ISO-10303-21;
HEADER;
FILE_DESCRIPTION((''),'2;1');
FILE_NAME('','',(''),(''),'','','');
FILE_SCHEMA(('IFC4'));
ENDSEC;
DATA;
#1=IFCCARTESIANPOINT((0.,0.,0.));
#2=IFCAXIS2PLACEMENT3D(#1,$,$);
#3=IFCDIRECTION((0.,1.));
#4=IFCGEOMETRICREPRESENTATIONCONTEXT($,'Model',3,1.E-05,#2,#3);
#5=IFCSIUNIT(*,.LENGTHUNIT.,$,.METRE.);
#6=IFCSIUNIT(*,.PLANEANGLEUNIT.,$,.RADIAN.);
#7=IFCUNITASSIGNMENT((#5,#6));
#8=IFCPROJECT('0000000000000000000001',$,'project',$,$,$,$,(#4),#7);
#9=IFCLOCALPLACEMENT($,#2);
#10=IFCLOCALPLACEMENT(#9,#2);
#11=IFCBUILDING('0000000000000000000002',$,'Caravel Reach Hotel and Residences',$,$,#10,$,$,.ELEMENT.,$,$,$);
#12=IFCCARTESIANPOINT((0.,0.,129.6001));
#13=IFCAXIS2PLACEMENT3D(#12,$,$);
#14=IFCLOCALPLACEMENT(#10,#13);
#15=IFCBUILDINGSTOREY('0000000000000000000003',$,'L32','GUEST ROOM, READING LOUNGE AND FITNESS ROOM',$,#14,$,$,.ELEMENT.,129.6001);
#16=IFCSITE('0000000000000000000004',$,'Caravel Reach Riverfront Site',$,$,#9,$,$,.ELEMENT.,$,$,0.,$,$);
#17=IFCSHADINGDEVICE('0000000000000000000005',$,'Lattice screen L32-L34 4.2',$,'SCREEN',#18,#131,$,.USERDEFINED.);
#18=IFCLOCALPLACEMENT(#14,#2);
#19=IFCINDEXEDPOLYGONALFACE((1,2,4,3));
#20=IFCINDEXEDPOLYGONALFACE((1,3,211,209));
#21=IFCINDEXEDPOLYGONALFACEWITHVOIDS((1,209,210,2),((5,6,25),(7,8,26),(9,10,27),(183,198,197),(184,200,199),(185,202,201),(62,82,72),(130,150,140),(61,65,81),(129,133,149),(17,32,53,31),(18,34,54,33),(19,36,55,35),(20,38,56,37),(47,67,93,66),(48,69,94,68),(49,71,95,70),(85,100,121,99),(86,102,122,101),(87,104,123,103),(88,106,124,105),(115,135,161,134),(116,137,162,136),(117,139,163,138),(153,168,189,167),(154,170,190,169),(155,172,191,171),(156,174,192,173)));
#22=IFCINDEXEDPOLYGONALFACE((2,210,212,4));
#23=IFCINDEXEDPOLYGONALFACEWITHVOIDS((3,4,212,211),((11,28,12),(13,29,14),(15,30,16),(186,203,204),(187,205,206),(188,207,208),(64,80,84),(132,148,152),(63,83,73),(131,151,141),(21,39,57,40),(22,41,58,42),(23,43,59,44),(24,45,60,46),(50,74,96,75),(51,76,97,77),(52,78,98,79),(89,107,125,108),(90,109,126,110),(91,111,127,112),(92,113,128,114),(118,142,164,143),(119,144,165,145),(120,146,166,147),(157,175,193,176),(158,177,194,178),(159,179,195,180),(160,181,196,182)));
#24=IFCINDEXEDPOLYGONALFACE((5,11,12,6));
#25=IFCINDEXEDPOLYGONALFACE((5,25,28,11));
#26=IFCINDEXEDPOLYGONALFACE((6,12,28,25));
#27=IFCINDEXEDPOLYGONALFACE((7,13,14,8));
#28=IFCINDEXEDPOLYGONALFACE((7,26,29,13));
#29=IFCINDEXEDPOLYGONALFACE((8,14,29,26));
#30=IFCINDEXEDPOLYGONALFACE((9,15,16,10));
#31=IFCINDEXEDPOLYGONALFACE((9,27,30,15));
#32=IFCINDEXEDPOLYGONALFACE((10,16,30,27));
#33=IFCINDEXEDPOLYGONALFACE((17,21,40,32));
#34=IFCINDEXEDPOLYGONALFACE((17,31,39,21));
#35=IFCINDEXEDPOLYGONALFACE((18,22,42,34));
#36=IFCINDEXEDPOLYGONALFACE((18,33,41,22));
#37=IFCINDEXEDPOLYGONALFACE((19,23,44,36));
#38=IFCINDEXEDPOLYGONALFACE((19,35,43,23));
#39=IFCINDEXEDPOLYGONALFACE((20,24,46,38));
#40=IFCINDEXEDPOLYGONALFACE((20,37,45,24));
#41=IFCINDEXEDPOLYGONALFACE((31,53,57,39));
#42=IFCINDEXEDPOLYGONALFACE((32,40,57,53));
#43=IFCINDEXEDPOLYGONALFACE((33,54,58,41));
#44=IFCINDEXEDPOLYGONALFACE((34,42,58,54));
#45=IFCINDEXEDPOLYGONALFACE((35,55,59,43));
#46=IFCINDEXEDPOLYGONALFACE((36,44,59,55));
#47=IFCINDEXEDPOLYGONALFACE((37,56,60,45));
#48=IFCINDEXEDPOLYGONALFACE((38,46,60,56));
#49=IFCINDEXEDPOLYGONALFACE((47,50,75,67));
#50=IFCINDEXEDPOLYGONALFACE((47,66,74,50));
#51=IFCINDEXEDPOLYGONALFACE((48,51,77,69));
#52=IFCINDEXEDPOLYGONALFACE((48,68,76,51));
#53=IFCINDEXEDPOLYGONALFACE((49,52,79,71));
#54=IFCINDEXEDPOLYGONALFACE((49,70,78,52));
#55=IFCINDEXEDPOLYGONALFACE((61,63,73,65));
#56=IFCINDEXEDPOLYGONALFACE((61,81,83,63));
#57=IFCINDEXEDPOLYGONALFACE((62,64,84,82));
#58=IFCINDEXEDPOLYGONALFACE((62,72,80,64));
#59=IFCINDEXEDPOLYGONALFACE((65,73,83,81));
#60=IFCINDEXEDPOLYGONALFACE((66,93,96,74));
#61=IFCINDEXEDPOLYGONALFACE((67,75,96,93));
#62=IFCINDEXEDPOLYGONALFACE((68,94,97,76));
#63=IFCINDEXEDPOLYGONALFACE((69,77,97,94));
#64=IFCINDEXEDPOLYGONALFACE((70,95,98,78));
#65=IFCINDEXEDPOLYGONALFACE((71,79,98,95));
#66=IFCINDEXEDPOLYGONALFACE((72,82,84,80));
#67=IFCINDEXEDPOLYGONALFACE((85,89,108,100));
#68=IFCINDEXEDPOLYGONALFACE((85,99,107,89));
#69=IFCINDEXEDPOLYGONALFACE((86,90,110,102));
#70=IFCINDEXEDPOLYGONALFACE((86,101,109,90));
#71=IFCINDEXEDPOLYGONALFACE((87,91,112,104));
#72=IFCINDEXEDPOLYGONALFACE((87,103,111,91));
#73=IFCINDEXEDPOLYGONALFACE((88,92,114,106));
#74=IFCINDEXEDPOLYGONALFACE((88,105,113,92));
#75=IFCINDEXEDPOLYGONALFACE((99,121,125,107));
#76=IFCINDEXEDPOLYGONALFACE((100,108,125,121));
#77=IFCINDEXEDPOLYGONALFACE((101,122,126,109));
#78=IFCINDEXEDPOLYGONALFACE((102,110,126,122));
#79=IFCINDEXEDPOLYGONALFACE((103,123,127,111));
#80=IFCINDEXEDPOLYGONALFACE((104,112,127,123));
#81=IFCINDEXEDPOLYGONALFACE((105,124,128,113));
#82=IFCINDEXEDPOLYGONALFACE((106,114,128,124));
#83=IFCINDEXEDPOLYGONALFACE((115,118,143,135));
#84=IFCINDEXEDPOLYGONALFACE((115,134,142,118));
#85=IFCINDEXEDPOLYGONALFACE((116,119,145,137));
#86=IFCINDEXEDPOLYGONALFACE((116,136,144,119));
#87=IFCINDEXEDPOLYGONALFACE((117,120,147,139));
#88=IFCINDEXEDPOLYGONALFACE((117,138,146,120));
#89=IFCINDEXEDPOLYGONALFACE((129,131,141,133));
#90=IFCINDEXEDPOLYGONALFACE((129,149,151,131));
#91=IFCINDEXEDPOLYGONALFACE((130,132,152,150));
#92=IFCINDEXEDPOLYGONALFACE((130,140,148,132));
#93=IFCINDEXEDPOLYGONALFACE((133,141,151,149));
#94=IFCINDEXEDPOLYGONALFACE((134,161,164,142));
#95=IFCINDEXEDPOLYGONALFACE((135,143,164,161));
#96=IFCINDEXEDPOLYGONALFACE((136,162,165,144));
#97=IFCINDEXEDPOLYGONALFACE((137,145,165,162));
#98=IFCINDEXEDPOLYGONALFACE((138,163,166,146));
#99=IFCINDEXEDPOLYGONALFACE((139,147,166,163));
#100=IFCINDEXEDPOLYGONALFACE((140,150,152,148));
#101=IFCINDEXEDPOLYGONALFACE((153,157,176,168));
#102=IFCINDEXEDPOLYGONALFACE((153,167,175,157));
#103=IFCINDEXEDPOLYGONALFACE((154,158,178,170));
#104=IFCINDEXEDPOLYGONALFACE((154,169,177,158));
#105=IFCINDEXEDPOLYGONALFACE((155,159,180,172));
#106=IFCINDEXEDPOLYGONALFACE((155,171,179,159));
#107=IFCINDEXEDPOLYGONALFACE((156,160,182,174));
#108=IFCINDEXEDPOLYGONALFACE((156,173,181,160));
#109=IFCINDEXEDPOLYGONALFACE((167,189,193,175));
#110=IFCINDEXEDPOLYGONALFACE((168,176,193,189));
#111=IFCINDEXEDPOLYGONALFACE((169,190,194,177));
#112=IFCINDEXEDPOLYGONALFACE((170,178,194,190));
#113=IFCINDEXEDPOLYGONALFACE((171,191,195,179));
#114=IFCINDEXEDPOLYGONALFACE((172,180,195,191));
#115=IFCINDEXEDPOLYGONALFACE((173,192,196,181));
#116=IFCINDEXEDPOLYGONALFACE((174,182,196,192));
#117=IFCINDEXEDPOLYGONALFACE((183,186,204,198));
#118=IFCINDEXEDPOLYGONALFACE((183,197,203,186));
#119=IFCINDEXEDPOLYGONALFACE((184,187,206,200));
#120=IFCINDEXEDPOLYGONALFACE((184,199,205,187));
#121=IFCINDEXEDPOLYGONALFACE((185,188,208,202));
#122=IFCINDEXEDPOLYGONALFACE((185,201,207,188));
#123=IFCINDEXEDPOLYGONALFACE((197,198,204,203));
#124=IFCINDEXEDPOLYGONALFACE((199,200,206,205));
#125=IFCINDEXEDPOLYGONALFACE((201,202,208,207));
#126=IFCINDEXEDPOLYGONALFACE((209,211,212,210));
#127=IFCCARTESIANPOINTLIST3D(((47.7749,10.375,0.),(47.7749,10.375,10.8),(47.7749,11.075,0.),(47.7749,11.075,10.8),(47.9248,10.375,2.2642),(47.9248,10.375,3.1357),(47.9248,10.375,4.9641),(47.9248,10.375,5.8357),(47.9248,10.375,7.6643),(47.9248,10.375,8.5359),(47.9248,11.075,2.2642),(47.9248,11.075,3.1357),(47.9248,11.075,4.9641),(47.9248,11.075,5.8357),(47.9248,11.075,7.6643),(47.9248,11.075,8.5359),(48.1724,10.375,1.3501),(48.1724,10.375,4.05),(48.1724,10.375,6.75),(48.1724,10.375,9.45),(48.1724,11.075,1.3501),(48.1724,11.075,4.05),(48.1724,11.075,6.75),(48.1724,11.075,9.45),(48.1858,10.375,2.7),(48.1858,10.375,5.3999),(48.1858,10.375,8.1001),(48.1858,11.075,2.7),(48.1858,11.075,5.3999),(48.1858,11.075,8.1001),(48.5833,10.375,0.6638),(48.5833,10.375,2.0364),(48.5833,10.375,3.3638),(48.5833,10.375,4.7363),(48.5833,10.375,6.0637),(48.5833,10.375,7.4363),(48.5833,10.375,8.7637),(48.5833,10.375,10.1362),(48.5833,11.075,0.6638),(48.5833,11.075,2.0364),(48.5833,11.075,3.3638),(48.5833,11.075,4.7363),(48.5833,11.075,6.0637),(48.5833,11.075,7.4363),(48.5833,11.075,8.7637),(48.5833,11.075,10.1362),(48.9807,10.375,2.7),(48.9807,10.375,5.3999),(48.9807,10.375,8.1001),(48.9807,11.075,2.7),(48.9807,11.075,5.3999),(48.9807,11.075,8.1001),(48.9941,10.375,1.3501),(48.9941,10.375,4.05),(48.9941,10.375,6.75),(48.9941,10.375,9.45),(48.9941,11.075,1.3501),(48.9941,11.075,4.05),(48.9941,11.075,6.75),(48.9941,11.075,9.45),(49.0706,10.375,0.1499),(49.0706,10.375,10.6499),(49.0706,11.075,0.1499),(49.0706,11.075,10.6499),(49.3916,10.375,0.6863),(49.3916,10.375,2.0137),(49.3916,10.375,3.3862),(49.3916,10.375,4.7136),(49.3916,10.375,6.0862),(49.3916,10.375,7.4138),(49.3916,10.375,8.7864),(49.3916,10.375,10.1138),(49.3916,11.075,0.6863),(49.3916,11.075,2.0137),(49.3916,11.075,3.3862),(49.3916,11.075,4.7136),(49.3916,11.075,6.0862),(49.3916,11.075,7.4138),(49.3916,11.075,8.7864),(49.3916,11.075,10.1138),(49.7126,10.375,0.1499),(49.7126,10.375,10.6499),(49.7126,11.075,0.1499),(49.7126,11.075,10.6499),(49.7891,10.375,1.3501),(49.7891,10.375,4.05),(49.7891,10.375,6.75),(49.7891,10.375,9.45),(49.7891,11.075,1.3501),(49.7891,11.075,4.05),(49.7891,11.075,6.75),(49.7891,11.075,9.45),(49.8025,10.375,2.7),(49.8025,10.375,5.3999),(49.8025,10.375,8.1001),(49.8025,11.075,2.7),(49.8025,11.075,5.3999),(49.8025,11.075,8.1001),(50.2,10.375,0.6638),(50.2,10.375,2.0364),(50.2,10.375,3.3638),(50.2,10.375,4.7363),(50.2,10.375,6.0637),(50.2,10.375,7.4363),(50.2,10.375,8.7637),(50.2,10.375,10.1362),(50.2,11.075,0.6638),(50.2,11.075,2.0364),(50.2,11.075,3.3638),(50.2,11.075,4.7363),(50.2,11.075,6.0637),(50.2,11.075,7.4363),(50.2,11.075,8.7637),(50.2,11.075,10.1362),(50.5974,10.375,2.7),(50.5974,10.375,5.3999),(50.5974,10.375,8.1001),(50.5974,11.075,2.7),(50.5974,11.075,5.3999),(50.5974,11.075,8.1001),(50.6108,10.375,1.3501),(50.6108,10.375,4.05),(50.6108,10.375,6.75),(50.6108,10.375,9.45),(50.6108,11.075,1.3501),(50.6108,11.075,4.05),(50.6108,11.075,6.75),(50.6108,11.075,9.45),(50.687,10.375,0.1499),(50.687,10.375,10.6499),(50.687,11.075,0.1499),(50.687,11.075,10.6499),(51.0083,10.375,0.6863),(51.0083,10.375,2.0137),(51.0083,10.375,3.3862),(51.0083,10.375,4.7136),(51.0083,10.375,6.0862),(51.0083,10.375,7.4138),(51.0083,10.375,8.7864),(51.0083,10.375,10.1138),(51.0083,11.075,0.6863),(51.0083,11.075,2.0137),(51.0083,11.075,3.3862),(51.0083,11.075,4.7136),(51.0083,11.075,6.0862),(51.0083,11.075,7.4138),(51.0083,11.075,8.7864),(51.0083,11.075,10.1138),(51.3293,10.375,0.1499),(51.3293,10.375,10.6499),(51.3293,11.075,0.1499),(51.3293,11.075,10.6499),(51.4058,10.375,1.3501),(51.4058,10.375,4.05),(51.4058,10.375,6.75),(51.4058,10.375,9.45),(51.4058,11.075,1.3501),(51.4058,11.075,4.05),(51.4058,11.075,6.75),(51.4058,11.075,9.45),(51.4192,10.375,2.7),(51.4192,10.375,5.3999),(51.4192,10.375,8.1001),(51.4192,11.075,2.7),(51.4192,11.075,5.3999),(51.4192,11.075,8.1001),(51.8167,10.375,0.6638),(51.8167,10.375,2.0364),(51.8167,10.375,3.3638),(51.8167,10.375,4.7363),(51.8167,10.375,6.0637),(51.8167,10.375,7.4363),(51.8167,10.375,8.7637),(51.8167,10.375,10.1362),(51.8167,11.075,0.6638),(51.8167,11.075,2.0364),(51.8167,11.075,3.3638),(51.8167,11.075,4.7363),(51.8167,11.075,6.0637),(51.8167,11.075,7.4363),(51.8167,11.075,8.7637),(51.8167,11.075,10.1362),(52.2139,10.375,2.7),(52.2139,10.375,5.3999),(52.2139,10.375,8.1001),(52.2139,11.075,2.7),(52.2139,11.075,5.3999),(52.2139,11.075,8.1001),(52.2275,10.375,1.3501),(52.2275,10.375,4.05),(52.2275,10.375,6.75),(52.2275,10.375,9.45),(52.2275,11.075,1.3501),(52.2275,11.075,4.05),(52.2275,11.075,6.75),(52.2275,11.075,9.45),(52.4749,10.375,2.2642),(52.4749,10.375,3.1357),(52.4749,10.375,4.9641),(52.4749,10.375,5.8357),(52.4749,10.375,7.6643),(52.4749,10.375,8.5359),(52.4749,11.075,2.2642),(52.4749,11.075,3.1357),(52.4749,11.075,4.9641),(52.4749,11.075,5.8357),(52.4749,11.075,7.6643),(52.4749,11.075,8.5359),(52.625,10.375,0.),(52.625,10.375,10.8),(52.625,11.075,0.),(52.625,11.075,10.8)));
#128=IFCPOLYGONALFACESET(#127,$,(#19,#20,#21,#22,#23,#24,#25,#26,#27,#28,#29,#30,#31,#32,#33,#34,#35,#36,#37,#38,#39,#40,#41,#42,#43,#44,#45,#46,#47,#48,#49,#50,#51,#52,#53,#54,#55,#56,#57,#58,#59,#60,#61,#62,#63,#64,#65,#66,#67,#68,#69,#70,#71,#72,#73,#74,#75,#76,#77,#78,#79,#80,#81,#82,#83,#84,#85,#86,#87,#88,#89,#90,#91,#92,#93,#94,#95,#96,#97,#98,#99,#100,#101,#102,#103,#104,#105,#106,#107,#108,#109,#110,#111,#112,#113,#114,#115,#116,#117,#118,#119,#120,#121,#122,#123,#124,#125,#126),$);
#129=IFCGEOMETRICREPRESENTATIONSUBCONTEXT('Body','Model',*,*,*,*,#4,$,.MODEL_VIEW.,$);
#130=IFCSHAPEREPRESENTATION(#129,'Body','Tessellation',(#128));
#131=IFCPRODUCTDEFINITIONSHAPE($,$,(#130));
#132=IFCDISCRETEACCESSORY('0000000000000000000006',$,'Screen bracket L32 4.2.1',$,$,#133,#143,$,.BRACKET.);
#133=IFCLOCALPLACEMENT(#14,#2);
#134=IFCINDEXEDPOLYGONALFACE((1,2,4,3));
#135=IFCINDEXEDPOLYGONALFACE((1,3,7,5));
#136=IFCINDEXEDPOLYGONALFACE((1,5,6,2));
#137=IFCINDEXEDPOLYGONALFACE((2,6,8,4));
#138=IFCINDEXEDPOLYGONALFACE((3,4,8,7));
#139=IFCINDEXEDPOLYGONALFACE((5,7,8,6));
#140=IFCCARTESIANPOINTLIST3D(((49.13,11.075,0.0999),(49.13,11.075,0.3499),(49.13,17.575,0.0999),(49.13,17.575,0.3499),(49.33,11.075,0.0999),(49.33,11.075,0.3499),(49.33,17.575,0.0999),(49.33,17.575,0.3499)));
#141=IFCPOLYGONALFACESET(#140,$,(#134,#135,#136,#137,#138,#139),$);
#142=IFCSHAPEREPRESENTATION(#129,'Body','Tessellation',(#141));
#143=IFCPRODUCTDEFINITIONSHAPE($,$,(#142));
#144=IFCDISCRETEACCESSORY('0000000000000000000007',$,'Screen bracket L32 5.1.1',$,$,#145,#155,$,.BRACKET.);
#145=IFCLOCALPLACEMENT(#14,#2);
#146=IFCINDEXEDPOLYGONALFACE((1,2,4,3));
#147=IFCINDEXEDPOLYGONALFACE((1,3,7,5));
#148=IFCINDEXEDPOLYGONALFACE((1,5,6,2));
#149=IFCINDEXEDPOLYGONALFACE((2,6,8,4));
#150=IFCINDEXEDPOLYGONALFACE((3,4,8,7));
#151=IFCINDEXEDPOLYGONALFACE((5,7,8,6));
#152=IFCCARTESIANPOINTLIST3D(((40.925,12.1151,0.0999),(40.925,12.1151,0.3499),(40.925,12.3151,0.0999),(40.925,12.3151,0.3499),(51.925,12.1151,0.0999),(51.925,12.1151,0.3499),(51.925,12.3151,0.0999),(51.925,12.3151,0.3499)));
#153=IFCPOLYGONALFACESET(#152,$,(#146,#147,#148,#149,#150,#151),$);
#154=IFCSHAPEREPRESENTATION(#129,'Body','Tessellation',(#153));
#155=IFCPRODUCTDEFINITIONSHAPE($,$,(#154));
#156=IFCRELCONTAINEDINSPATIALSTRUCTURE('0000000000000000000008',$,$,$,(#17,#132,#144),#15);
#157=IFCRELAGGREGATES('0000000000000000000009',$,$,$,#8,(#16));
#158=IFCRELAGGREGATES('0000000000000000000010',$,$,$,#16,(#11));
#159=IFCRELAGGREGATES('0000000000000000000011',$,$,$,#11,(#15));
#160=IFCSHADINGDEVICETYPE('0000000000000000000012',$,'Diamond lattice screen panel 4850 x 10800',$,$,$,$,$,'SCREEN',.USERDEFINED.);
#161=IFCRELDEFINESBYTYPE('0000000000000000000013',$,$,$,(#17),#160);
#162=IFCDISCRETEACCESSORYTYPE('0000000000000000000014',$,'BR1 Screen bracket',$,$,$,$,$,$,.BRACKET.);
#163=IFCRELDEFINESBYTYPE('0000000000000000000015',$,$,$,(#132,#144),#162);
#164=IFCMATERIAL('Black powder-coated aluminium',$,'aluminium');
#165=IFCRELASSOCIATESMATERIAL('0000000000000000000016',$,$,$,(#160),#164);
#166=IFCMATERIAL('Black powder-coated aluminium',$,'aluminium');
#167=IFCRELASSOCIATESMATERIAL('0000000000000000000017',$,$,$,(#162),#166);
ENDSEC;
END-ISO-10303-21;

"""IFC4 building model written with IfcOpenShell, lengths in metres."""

from ifc_helpers import new_model, si_unit, direction, frame, origin, origin_2d, place, context, subcontext, project, spatial, polyline, rectangle, outline, extrude, material, type_object, element, save


model = new_model("IFC4")

# Units and contexts
model_context = context("Model", 3, precision=1e-05, world=origin(), true_north=direction((0.0, 1.0)))
body_context = subcontext(model_context, "Body", "Model", "MODEL_VIEW")
ifc_project = project(units=[si_unit("LENGTHUNIT", "METRE"), si_unit("PLANEANGLEUNIT", "RADIAN")], contexts=[model_context])

# Site, building, storey
site_placement = place(None, origin())
site = spatial("IfcSite", under=ifc_project, at=site_placement, Name="Caravel Reach Riverfront Site", CompositionType="ELEMENT", RefElevation=0.0)
building_placement = place(site_placement, origin())
building = spatial("IfcBuilding", under=site, at=building_placement, Name="Caravel Reach Hotel and Residences", CompositionType="ELEMENT")
storey_placement = place(building_placement, frame((0.0, 0.0, 129.6001)))
storey = spatial("IfcBuildingStorey", under=building, at=storey_placement, Name="L32", Description="GUEST ROOM, READING LOUNGE AND FITNESS ROOM", CompositionType="ELEMENT", Elevation=129.6001)

# Shading device
ifc_material_1 = material(Name="Black powder-coated aluminium", Category="aluminium")
shading_device_type_1 = type_object("IfcShadingDeviceType", Name="Diamond lattice screen panel 4850 x 10800", ElementType="SCREEN", PredefinedType="USERDEFINED", material=ifc_material_1)
shading_device_1_placement = place(storey_placement, frame((47.7749, 11.075, 0.0), z_axis=(0.0, -1.0, 0.0), x_axis=(1.0, 0.0, 0.0)))
element("IfcShadingDevice", 1, at=shading_device_1_placement, inside=storey, type_object=shading_device_type_1, Name="Lattice screen L32-L34 4.2", ObjectType="SCREEN", PredefinedType="USERDEFINED", context=body_context, shape_type="SweptSolid", body=[
    extrude(outline(polyline([(0.0, 0.0), (4.8501, 0.0), (4.8501, 10.8), (0.0, 10.8), (0.0, 0.0)]), holes=[polyline([(0.4109, 2.7), (0.1499, 3.1357), (0.1499, 2.2642), (0.4109, 2.7)]), polyline([(0.4109, 5.3999), (0.1499, 5.8357), (0.1499, 4.9641), (0.4109, 5.3999)]), polyline([(0.4109, 8.1001), (0.1499, 8.5359), (0.1499, 7.6643), (0.4109, 8.1001)]), polyline([(0.8083, 2.0364), (0.3975, 1.3501), (0.8083, 0.6638), (1.2192, 1.3501), (0.8083, 2.0364)]), polyline([(0.8083, 4.7363), (0.3975, 4.05), (0.8083, 3.3638), (1.2192, 4.05), (0.8083, 4.7363)]), polyline([(0.8083, 7.4363), (0.3975, 6.75), (0.8083, 6.0637), (1.2192, 6.75), (0.8083, 7.4363)]), polyline([(0.8083, 10.1362), (0.3975, 9.45), (0.8083, 8.7637), (1.2192, 9.45), (0.8083, 10.1362)]), polyline([(1.6167, 0.6863), (1.2957, 0.1499), (1.9377, 0.1499), (1.6167, 0.6863)]), polyline([(1.6167, 3.3862), (1.2058, 2.7), (1.6167, 2.0137), (2.0276, 2.7), (1.6167, 3.3862)]), polyline([(1.6167, 6.0862), (1.2058, 5.3999), (1.6167, 4.7136), (2.0276, 5.3999), (1.6167, 6.0862)]), polyline([(1.6167, 8.7864), (1.2058, 8.1001), (1.6167, 7.4138), (2.0276, 8.1001), (1.6167, 8.7864)]), polyline([(1.6167, 10.1138), (1.9377, 10.6499), (1.2957, 10.6499), (1.6167, 10.1138)]), polyline([(2.425, 2.0364), (2.0142, 1.3501), (2.425, 0.6638), (2.8359, 1.3501), (2.425, 2.0364)]), polyline([(2.425, 4.7363), (2.0142, 4.05), (2.425, 3.3638), (2.8359, 4.05), (2.425, 4.7363)]), polyline([(2.425, 7.4363), (2.0142, 6.75), (2.425, 6.0637), (2.8359, 6.75), (2.425, 7.4363)]), polyline([(2.425, 10.1362), (2.0142, 9.45), (2.425, 8.7637), (2.8359, 9.45), (2.425, 10.1362)]), polyline([(3.2334, 0.6863), (2.9121, 0.1499), (3.5544, 0.1499), (3.2334, 0.6863)]), polyline([(3.2334, 3.3862), (2.8225, 2.7), (3.2334, 2.0137), (3.6443, 2.7), (3.2334, 3.3862)]), polyline([(3.2334, 6.0862), (2.8225, 5.3999), (3.2334, 4.7136), (3.6443, 5.3999), (3.2334, 6.0862)]), polyline([(3.2334, 8.7864), (2.8225, 8.1001), (3.2334, 7.4138), (3.6443, 8.1001), (3.2334, 8.7864)]), polyline([(3.2334, 10.1138), (3.5544, 10.6499), (2.9121, 10.6499), (3.2334, 10.1138)]), polyline([(4.0417, 2.0364), (3.6309, 1.3501), (4.0417, 0.6638), (4.4526, 1.3501), (4.0417, 2.0364)]), polyline([(4.0417, 4.7363), (3.6309, 4.05), (4.0417, 3.3638), (4.4526, 4.05), (4.0417, 4.7363)]), polyline([(4.0417, 7.4363), (3.6309, 6.75), (4.0417, 6.0637), (4.4526, 6.75), (4.0417, 7.4363)]), polyline([(4.0417, 10.1362), (3.6309, 9.45), (4.0417, 8.7637), (4.4526, 9.45), (4.0417, 10.1362)]), polyline([(4.439, 2.7), (4.7, 2.2642), (4.7, 3.1357), (4.439, 2.7)]), polyline([(4.439, 5.3999), (4.7, 4.9641), (4.7, 5.8357), (4.439, 5.3999)]), polyline([(4.439, 8.1001), (4.7, 7.6643), (4.7, 8.5359), (4.439, 8.1001)])]), origin(), (0.0, 0.0, 1.0), 0.7),
])

# Discrete accessories
ifc_material_2 = material(Name="Black powder-coated aluminium", Category="aluminium")
discrete_accessory_type = type_object("IfcDiscreteAccessoryType", Name="BR1 Screen bracket", PredefinedType="BRACKET", material=ifc_material_2)
discrete_accessory_1_placement = place(storey_placement, frame((49.23, 14.325, 0.0999), z_axis=(0.0, 0.0, 1.0), x_axis=(0.0, -1.0, 0.0)))
element("IfcDiscreteAccessory", 2, at=discrete_accessory_1_placement, inside=storey, type_object=discrete_accessory_type, Name="Screen bracket L32 4.2.1", PredefinedType="BRACKET", context=body_context, shape_type="SweptSolid", body=[
    extrude(rectangle(XDim=6.5, YDim=0.2, at=origin_2d()), origin(), (0.0, 0.0, 1.0), 0.25),
])
discrete_accessory_2_placement = place(storey_placement, frame((46.425, 12.2151, 0.0999), z_axis=(0.0, 0.0, 1.0), x_axis=(1.0, 0.0, 0.0)))
element("IfcDiscreteAccessory", 3, at=discrete_accessory_2_placement, inside=storey, type_object=discrete_accessory_type, Name="Screen bracket L32 5.1.1", PredefinedType="BRACKET", context=body_context, shape_type="SweptSolid", body=[
    extrude(rectangle(XDim=11.0, YDim=0.2, at=origin_2d()), origin(), (0.0, 0.0, 1.0), 0.25),
])

save(model, "model.ifc")
